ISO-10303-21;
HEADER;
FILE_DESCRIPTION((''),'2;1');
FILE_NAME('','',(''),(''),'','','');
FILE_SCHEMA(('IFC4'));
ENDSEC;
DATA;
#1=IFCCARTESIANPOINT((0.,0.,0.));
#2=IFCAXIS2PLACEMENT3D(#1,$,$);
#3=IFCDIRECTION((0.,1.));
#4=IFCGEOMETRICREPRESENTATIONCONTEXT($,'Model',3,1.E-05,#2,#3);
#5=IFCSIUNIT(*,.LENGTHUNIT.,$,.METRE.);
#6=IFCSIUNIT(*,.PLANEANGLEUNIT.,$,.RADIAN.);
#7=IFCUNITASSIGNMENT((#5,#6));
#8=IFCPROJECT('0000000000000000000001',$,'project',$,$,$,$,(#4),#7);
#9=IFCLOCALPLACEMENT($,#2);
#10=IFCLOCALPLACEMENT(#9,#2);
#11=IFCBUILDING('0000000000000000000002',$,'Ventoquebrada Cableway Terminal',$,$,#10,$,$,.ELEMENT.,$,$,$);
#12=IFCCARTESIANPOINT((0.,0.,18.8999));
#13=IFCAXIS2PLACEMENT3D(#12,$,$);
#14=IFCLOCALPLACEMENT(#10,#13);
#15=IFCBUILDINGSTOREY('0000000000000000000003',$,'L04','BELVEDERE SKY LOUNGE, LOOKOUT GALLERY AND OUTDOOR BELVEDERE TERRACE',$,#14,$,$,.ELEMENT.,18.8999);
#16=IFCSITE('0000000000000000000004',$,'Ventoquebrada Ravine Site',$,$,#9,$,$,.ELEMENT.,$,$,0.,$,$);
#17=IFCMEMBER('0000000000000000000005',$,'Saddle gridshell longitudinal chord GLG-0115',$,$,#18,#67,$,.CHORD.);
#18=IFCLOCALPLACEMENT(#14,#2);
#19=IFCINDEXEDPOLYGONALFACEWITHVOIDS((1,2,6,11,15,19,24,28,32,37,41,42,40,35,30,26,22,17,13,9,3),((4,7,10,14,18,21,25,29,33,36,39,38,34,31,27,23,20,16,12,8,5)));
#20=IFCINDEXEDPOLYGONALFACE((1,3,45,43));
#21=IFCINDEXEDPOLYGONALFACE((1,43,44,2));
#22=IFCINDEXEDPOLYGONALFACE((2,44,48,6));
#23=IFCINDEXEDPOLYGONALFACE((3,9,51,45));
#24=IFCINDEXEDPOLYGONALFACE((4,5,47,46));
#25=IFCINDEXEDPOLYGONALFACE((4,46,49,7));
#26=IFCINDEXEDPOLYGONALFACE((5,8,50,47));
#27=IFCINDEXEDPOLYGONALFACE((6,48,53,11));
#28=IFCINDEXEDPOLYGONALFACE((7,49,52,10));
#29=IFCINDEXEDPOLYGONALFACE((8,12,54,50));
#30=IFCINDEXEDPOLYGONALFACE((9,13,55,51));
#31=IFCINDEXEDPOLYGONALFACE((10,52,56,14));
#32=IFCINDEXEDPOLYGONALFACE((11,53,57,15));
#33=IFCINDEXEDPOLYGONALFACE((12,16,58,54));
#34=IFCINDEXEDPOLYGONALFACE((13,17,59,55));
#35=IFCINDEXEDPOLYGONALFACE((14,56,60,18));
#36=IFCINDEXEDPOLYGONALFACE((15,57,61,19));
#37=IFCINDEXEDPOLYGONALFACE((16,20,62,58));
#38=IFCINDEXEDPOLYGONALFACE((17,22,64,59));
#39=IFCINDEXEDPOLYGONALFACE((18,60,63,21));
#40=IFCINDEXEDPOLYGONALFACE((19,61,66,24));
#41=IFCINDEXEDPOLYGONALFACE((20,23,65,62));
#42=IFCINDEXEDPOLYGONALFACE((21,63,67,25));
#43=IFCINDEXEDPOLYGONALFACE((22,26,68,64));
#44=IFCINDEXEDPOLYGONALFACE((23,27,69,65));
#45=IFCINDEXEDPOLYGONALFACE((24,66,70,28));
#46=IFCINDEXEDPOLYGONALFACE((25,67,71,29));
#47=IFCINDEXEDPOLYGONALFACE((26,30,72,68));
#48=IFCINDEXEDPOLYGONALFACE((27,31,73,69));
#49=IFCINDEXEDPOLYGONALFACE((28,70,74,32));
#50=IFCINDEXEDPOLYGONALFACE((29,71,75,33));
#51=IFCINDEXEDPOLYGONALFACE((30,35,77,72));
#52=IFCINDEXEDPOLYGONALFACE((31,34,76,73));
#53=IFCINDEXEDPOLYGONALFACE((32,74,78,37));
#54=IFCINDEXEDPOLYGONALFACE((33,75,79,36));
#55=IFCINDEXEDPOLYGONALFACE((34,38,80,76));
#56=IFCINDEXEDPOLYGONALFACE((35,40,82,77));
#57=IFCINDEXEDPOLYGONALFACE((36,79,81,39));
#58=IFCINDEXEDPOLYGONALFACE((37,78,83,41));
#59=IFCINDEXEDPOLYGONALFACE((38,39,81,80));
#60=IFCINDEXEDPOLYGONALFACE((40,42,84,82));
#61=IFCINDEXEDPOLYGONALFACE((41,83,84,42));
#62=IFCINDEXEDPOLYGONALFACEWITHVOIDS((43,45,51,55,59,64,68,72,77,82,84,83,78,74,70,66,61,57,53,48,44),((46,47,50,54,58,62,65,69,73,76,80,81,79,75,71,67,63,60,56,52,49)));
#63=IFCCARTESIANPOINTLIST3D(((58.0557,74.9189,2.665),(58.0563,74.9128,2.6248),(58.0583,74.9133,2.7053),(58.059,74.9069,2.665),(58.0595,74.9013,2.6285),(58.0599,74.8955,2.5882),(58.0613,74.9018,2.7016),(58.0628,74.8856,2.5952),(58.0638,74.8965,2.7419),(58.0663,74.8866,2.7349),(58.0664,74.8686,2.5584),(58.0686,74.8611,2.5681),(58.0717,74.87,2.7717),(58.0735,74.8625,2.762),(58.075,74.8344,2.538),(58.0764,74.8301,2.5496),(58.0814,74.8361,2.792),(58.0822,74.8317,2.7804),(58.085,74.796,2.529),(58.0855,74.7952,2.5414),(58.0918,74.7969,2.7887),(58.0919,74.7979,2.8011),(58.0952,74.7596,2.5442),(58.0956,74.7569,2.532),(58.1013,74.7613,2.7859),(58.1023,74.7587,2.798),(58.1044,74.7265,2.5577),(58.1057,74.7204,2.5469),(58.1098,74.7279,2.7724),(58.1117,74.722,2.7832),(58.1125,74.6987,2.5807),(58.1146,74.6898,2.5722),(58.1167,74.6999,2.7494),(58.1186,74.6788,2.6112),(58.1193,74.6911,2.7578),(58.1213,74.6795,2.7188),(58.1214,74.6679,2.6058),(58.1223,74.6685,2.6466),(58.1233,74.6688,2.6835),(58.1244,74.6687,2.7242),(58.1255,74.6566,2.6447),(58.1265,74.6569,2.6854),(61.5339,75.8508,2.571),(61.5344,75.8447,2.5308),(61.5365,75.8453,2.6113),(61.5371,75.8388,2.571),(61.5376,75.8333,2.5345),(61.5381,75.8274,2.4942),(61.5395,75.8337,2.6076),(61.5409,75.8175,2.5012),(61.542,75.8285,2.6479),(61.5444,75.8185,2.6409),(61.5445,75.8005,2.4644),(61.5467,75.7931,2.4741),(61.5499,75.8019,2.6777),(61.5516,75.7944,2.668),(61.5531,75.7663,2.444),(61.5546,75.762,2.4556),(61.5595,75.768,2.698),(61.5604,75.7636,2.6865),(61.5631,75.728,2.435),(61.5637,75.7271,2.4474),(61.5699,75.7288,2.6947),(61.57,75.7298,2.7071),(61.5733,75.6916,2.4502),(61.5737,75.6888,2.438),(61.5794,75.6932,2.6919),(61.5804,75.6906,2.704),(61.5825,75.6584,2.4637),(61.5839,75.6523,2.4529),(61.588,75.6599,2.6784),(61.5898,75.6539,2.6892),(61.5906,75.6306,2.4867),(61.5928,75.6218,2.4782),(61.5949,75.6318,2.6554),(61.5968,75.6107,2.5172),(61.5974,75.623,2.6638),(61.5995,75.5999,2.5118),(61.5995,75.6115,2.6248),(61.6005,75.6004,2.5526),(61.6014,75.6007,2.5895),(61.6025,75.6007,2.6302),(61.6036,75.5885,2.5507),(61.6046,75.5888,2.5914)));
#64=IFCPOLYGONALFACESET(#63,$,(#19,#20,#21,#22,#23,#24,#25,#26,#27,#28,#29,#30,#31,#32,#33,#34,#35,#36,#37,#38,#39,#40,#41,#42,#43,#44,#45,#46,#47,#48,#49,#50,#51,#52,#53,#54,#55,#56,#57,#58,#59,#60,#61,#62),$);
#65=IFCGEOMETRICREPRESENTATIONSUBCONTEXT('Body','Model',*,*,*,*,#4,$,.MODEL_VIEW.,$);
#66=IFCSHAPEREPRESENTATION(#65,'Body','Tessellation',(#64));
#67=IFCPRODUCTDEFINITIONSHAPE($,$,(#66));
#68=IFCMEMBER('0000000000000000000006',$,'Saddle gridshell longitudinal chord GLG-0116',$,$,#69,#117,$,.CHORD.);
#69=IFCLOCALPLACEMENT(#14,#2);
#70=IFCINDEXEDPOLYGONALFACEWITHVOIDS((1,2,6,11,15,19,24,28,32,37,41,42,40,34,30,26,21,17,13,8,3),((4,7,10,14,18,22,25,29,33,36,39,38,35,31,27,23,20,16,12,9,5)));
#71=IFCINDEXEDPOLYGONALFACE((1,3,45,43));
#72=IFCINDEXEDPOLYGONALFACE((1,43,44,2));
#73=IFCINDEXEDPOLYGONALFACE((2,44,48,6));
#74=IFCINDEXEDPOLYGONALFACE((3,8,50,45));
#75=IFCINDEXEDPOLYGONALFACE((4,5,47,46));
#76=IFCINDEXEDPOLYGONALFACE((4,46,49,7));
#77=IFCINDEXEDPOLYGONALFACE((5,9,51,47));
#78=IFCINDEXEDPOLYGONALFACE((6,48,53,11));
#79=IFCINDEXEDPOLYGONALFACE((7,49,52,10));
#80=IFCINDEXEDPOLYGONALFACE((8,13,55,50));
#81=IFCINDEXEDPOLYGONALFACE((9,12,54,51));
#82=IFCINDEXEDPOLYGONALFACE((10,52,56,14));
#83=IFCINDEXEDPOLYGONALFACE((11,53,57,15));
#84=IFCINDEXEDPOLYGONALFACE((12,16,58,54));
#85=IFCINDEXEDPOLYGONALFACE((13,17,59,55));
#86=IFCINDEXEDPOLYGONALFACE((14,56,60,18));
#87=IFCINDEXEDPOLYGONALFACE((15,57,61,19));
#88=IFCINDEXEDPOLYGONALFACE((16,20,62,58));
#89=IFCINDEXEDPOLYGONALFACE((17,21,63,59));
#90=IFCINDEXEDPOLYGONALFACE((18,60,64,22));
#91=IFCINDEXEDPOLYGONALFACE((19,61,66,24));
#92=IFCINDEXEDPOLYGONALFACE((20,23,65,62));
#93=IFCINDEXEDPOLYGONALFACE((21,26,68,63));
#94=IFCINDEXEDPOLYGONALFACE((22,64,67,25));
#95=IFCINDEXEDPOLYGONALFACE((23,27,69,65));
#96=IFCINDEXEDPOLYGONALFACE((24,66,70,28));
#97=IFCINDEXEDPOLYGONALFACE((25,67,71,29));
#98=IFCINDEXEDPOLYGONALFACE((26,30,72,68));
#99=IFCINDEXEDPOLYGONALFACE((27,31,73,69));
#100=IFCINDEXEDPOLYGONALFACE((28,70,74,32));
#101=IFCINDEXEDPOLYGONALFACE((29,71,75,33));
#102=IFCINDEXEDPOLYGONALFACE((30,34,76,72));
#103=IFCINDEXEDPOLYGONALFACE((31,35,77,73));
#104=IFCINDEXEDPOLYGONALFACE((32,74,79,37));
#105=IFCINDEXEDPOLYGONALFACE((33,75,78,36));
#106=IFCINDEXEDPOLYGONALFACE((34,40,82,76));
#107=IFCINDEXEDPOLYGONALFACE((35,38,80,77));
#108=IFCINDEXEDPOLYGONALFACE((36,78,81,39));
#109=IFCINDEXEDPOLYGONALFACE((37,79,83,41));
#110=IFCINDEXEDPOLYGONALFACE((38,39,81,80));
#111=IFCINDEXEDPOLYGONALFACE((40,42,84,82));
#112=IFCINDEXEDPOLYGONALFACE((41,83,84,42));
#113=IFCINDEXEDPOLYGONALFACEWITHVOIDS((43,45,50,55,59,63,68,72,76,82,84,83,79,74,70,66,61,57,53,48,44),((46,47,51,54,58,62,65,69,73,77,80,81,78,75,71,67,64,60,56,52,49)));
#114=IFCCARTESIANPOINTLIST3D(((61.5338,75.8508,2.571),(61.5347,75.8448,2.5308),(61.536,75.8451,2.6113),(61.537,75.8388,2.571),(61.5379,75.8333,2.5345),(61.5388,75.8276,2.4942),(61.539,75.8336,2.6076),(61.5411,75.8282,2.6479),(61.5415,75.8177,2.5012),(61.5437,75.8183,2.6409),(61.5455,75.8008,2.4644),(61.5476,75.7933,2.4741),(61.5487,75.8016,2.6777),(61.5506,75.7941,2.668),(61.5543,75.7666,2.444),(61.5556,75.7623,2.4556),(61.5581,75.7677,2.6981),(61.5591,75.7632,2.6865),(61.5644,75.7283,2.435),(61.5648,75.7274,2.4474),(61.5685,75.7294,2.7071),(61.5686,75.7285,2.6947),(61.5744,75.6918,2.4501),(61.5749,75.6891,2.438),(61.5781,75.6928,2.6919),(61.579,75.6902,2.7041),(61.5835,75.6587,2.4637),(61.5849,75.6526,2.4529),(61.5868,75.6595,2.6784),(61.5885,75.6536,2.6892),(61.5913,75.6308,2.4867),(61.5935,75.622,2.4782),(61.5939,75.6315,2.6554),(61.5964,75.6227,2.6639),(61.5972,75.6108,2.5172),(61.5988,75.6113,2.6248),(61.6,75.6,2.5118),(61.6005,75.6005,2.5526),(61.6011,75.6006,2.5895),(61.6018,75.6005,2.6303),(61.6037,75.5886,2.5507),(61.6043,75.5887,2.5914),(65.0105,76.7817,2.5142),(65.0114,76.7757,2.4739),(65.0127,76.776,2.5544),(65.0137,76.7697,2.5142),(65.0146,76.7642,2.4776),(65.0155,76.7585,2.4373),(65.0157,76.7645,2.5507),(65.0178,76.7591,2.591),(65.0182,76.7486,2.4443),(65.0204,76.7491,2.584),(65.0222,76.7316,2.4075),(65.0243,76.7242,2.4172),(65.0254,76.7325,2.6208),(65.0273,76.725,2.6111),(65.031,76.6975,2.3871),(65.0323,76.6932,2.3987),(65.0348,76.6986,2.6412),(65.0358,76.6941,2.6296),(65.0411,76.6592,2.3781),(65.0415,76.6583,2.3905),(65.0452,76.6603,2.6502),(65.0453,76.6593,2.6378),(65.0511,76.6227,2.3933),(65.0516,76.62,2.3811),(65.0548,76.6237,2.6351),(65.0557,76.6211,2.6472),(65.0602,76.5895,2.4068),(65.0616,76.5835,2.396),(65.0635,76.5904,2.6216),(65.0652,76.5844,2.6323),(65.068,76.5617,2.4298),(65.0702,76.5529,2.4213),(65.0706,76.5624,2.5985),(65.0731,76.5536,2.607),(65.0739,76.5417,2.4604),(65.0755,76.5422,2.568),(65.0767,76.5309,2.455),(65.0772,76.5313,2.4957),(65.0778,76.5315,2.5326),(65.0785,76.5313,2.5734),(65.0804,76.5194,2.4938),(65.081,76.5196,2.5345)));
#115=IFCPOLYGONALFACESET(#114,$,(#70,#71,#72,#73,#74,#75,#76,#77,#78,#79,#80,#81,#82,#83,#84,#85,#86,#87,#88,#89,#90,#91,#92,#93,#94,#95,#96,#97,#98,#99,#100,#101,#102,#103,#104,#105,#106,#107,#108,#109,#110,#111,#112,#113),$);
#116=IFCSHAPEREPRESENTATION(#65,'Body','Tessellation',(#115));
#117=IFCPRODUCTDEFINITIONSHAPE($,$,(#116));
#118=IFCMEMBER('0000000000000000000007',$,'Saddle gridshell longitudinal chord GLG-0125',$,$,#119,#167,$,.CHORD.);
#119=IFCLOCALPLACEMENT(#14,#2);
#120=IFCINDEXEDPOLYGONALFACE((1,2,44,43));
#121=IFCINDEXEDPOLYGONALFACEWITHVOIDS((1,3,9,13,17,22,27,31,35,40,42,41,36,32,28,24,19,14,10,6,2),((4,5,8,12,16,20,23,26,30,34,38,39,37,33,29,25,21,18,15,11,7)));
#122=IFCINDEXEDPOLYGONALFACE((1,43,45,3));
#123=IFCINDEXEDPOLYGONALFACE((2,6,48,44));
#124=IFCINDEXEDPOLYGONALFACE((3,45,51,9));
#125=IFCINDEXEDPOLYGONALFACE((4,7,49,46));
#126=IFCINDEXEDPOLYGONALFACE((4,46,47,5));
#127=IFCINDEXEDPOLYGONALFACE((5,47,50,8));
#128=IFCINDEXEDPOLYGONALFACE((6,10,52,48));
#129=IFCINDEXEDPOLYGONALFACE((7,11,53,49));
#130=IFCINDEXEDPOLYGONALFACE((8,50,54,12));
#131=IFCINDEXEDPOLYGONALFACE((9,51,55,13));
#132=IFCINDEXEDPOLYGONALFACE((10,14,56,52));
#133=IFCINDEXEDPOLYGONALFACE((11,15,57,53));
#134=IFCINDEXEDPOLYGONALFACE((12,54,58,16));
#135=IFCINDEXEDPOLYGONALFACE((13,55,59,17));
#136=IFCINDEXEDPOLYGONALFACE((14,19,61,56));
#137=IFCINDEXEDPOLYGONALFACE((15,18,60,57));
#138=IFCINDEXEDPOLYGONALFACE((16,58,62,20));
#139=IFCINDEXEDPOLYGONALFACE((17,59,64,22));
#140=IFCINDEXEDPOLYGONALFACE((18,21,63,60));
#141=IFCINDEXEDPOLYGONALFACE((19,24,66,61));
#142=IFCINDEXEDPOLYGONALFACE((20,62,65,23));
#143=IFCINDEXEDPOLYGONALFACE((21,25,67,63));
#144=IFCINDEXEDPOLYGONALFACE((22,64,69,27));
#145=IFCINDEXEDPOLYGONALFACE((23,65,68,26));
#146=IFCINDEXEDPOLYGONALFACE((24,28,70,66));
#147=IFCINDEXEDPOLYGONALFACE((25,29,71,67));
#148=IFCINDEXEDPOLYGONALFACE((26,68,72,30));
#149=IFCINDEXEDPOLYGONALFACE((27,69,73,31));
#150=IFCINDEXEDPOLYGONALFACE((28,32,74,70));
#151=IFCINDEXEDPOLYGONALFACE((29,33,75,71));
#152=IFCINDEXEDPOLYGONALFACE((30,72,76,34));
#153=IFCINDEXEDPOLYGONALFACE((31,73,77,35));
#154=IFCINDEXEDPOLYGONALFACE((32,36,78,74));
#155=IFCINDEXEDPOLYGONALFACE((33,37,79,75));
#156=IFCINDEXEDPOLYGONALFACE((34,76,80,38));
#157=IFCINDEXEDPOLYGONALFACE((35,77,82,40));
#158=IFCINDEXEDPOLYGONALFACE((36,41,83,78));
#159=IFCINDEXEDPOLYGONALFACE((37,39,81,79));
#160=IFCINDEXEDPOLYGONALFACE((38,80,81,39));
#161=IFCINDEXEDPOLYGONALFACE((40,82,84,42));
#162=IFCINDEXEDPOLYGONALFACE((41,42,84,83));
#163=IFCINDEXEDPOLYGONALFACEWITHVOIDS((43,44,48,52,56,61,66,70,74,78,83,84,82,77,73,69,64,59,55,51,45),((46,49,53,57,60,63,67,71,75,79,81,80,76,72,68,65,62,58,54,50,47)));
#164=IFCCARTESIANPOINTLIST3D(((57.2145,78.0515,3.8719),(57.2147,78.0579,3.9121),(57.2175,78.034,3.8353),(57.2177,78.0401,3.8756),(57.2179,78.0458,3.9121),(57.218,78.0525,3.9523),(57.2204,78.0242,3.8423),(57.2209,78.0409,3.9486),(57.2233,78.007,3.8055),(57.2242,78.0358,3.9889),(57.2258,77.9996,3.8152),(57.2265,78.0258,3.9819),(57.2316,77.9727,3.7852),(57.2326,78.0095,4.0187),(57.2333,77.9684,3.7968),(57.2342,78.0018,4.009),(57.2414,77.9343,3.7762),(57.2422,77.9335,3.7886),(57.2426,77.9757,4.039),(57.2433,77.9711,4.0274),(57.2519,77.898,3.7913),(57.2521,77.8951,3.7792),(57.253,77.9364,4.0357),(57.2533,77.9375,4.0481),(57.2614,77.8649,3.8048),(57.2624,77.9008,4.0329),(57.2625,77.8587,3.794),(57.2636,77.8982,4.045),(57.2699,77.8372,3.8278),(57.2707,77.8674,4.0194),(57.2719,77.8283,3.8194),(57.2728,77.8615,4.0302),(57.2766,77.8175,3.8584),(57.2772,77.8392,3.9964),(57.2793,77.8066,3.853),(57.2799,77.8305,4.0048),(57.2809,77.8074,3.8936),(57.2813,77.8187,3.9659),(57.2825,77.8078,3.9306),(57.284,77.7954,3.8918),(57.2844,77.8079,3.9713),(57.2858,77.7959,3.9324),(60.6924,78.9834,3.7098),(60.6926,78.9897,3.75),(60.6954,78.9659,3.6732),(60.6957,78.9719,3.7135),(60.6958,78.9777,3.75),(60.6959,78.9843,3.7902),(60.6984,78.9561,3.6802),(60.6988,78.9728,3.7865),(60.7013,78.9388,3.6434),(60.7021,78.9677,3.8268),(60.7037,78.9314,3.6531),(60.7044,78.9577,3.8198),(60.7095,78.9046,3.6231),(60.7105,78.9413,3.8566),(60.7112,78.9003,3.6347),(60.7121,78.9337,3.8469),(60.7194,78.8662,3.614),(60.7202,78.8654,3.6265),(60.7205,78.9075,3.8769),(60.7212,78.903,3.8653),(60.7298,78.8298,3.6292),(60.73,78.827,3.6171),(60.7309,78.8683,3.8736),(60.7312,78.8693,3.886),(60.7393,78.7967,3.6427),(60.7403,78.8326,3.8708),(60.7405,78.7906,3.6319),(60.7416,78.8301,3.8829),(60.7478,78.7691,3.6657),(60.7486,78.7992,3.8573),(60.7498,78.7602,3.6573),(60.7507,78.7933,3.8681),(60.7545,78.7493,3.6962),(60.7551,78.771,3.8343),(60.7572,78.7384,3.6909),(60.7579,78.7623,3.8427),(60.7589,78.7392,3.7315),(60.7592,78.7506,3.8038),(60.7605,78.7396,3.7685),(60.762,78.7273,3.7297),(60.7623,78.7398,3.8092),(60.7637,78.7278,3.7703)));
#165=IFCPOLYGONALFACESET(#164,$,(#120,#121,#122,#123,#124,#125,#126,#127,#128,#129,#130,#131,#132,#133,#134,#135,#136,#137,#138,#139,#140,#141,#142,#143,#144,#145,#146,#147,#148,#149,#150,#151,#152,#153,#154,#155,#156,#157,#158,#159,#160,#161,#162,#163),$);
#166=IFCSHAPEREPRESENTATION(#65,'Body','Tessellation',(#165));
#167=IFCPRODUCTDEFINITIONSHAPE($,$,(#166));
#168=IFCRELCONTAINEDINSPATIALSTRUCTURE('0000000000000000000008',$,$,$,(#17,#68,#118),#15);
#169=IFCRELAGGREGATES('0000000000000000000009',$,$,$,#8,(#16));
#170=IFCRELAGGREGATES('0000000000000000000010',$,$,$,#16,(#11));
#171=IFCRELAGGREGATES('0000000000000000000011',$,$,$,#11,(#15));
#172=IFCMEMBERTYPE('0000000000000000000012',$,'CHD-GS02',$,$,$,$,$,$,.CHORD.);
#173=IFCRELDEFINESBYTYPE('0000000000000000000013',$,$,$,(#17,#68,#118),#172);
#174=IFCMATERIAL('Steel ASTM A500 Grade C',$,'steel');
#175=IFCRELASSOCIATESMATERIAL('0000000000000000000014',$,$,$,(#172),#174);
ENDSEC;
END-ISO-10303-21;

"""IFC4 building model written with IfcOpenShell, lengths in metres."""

from ifc_helpers import new_model, si_unit, direction, frame, origin, origin_2d, place, context, subcontext, project, spatial, hollow_circle, extrude, material, material_profile, profile_set, type_object, element, save


model = new_model("IFC4")

# Units and contexts
model_context = context("Model", 3, precision=1e-05, world=origin(), true_north=direction((0.0, 1.0)))
body_context = subcontext(model_context, "Body", "Model", "MODEL_VIEW")
ifc_project = project(units=[si_unit("LENGTHUNIT", "METRE"), si_unit("PLANEANGLEUNIT", "RADIAN")], contexts=[model_context])

# Site, building, storey
site_placement = place(None, origin())
site = spatial("IfcSite", under=ifc_project, at=site_placement, Name="Ventoquebrada Ravine Site", CompositionType="ELEMENT", RefElevation=0.0)
building_placement = place(site_placement, origin())
building = spatial("IfcBuilding", under=site, at=building_placement, Name="Ventoquebrada Cableway Terminal", CompositionType="ELEMENT")
storey_placement = place(building_placement, frame((0.0, 0.0, 18.8999)))
storey = spatial("IfcBuildingStorey", under=building, at=storey_placement, Name="L04", Description="BELVEDERE SKY LOUNGE, LOOKOUT GALLERY AND OUTDOOR BELVEDERE TERRACE", CompositionType="ELEMENT", Elevation=18.8999)

# Members
ifc_material_1 = material(Name="Steel ASTM A500 Grade C", Category="steel")
ifc_material_profile_1 = material_profile(ifc_material_1, hollow_circle(Radius=0.1365, WallThickness=0.0125, at=origin_2d()), Name="CHS273.0X12.5")
ifc_profile_set_1 = profile_set([ifc_material_profile_1], Name="Steel ASTM A500 Grade C")
member_type_1 = type_object("IfcMemberType", Name="CHD-GS02", PredefinedType="CHORD", material=ifc_profile_set_1)
member_1_placement = place(storey_placement, frame((58.0911, 74.7871, 2.665), z_axis=(0.9656, 0.258718, -0.026095), x_axis=(-0.258806, 0.965929, 0.0)))
element("IfcMember", 1, at=member_1_placement, inside=storey, type_object=member_type_1, Name="Saddle gridshell longitudinal chord GLG-0115", PredefinedType="CHORD", context=body_context, shape_type="SweptSolid", body=[
    extrude(hollow_circle(Radius=0.1365, WallThickness=0.0125, at=origin_2d()), origin(), (0.0, 0.0, 1.0), 3.6021),
])
member_2_placement = place(storey_placement, frame((61.5691, 75.719, 2.571), z_axis=(0.965854, 0.258605, -0.015803), x_axis=(-0.258638, 0.965974, 0.0)))
element("IfcMember", 2, at=member_2_placement, inside=storey, type_object=member_type_1, Name="Saddle gridshell longitudinal chord GLG-0116", PredefinedType="CHORD", context=body_context, shape_type="SweptSolid", body=[
    extrude(hollow_circle(Radius=0.1365, WallThickness=0.0125, at=origin_2d()), origin(), (0.0, 0.0, 1.0), 3.5996),
])
member_3_placement = place(storey_placement, frame((57.25, 77.926, 3.9121), z_axis=(0.964952, 0.258544, -0.044976), x_axis=(-0.258806, 0.965929, 0.0)))
element("IfcMember", 3, at=member_3_placement, inside=storey, type_object=member_type_1, Name="Saddle gridshell longitudinal chord GLG-0125", PredefinedType="CHORD", context=body_context, shape_type="SweptSolid", body=[
    extrude(hollow_circle(Radius=0.1365, WallThickness=0.0125, at=origin_2d()), origin(), (0.0, 0.0, 1.0), 3.6042),
])

save(model, "model.ifc")
